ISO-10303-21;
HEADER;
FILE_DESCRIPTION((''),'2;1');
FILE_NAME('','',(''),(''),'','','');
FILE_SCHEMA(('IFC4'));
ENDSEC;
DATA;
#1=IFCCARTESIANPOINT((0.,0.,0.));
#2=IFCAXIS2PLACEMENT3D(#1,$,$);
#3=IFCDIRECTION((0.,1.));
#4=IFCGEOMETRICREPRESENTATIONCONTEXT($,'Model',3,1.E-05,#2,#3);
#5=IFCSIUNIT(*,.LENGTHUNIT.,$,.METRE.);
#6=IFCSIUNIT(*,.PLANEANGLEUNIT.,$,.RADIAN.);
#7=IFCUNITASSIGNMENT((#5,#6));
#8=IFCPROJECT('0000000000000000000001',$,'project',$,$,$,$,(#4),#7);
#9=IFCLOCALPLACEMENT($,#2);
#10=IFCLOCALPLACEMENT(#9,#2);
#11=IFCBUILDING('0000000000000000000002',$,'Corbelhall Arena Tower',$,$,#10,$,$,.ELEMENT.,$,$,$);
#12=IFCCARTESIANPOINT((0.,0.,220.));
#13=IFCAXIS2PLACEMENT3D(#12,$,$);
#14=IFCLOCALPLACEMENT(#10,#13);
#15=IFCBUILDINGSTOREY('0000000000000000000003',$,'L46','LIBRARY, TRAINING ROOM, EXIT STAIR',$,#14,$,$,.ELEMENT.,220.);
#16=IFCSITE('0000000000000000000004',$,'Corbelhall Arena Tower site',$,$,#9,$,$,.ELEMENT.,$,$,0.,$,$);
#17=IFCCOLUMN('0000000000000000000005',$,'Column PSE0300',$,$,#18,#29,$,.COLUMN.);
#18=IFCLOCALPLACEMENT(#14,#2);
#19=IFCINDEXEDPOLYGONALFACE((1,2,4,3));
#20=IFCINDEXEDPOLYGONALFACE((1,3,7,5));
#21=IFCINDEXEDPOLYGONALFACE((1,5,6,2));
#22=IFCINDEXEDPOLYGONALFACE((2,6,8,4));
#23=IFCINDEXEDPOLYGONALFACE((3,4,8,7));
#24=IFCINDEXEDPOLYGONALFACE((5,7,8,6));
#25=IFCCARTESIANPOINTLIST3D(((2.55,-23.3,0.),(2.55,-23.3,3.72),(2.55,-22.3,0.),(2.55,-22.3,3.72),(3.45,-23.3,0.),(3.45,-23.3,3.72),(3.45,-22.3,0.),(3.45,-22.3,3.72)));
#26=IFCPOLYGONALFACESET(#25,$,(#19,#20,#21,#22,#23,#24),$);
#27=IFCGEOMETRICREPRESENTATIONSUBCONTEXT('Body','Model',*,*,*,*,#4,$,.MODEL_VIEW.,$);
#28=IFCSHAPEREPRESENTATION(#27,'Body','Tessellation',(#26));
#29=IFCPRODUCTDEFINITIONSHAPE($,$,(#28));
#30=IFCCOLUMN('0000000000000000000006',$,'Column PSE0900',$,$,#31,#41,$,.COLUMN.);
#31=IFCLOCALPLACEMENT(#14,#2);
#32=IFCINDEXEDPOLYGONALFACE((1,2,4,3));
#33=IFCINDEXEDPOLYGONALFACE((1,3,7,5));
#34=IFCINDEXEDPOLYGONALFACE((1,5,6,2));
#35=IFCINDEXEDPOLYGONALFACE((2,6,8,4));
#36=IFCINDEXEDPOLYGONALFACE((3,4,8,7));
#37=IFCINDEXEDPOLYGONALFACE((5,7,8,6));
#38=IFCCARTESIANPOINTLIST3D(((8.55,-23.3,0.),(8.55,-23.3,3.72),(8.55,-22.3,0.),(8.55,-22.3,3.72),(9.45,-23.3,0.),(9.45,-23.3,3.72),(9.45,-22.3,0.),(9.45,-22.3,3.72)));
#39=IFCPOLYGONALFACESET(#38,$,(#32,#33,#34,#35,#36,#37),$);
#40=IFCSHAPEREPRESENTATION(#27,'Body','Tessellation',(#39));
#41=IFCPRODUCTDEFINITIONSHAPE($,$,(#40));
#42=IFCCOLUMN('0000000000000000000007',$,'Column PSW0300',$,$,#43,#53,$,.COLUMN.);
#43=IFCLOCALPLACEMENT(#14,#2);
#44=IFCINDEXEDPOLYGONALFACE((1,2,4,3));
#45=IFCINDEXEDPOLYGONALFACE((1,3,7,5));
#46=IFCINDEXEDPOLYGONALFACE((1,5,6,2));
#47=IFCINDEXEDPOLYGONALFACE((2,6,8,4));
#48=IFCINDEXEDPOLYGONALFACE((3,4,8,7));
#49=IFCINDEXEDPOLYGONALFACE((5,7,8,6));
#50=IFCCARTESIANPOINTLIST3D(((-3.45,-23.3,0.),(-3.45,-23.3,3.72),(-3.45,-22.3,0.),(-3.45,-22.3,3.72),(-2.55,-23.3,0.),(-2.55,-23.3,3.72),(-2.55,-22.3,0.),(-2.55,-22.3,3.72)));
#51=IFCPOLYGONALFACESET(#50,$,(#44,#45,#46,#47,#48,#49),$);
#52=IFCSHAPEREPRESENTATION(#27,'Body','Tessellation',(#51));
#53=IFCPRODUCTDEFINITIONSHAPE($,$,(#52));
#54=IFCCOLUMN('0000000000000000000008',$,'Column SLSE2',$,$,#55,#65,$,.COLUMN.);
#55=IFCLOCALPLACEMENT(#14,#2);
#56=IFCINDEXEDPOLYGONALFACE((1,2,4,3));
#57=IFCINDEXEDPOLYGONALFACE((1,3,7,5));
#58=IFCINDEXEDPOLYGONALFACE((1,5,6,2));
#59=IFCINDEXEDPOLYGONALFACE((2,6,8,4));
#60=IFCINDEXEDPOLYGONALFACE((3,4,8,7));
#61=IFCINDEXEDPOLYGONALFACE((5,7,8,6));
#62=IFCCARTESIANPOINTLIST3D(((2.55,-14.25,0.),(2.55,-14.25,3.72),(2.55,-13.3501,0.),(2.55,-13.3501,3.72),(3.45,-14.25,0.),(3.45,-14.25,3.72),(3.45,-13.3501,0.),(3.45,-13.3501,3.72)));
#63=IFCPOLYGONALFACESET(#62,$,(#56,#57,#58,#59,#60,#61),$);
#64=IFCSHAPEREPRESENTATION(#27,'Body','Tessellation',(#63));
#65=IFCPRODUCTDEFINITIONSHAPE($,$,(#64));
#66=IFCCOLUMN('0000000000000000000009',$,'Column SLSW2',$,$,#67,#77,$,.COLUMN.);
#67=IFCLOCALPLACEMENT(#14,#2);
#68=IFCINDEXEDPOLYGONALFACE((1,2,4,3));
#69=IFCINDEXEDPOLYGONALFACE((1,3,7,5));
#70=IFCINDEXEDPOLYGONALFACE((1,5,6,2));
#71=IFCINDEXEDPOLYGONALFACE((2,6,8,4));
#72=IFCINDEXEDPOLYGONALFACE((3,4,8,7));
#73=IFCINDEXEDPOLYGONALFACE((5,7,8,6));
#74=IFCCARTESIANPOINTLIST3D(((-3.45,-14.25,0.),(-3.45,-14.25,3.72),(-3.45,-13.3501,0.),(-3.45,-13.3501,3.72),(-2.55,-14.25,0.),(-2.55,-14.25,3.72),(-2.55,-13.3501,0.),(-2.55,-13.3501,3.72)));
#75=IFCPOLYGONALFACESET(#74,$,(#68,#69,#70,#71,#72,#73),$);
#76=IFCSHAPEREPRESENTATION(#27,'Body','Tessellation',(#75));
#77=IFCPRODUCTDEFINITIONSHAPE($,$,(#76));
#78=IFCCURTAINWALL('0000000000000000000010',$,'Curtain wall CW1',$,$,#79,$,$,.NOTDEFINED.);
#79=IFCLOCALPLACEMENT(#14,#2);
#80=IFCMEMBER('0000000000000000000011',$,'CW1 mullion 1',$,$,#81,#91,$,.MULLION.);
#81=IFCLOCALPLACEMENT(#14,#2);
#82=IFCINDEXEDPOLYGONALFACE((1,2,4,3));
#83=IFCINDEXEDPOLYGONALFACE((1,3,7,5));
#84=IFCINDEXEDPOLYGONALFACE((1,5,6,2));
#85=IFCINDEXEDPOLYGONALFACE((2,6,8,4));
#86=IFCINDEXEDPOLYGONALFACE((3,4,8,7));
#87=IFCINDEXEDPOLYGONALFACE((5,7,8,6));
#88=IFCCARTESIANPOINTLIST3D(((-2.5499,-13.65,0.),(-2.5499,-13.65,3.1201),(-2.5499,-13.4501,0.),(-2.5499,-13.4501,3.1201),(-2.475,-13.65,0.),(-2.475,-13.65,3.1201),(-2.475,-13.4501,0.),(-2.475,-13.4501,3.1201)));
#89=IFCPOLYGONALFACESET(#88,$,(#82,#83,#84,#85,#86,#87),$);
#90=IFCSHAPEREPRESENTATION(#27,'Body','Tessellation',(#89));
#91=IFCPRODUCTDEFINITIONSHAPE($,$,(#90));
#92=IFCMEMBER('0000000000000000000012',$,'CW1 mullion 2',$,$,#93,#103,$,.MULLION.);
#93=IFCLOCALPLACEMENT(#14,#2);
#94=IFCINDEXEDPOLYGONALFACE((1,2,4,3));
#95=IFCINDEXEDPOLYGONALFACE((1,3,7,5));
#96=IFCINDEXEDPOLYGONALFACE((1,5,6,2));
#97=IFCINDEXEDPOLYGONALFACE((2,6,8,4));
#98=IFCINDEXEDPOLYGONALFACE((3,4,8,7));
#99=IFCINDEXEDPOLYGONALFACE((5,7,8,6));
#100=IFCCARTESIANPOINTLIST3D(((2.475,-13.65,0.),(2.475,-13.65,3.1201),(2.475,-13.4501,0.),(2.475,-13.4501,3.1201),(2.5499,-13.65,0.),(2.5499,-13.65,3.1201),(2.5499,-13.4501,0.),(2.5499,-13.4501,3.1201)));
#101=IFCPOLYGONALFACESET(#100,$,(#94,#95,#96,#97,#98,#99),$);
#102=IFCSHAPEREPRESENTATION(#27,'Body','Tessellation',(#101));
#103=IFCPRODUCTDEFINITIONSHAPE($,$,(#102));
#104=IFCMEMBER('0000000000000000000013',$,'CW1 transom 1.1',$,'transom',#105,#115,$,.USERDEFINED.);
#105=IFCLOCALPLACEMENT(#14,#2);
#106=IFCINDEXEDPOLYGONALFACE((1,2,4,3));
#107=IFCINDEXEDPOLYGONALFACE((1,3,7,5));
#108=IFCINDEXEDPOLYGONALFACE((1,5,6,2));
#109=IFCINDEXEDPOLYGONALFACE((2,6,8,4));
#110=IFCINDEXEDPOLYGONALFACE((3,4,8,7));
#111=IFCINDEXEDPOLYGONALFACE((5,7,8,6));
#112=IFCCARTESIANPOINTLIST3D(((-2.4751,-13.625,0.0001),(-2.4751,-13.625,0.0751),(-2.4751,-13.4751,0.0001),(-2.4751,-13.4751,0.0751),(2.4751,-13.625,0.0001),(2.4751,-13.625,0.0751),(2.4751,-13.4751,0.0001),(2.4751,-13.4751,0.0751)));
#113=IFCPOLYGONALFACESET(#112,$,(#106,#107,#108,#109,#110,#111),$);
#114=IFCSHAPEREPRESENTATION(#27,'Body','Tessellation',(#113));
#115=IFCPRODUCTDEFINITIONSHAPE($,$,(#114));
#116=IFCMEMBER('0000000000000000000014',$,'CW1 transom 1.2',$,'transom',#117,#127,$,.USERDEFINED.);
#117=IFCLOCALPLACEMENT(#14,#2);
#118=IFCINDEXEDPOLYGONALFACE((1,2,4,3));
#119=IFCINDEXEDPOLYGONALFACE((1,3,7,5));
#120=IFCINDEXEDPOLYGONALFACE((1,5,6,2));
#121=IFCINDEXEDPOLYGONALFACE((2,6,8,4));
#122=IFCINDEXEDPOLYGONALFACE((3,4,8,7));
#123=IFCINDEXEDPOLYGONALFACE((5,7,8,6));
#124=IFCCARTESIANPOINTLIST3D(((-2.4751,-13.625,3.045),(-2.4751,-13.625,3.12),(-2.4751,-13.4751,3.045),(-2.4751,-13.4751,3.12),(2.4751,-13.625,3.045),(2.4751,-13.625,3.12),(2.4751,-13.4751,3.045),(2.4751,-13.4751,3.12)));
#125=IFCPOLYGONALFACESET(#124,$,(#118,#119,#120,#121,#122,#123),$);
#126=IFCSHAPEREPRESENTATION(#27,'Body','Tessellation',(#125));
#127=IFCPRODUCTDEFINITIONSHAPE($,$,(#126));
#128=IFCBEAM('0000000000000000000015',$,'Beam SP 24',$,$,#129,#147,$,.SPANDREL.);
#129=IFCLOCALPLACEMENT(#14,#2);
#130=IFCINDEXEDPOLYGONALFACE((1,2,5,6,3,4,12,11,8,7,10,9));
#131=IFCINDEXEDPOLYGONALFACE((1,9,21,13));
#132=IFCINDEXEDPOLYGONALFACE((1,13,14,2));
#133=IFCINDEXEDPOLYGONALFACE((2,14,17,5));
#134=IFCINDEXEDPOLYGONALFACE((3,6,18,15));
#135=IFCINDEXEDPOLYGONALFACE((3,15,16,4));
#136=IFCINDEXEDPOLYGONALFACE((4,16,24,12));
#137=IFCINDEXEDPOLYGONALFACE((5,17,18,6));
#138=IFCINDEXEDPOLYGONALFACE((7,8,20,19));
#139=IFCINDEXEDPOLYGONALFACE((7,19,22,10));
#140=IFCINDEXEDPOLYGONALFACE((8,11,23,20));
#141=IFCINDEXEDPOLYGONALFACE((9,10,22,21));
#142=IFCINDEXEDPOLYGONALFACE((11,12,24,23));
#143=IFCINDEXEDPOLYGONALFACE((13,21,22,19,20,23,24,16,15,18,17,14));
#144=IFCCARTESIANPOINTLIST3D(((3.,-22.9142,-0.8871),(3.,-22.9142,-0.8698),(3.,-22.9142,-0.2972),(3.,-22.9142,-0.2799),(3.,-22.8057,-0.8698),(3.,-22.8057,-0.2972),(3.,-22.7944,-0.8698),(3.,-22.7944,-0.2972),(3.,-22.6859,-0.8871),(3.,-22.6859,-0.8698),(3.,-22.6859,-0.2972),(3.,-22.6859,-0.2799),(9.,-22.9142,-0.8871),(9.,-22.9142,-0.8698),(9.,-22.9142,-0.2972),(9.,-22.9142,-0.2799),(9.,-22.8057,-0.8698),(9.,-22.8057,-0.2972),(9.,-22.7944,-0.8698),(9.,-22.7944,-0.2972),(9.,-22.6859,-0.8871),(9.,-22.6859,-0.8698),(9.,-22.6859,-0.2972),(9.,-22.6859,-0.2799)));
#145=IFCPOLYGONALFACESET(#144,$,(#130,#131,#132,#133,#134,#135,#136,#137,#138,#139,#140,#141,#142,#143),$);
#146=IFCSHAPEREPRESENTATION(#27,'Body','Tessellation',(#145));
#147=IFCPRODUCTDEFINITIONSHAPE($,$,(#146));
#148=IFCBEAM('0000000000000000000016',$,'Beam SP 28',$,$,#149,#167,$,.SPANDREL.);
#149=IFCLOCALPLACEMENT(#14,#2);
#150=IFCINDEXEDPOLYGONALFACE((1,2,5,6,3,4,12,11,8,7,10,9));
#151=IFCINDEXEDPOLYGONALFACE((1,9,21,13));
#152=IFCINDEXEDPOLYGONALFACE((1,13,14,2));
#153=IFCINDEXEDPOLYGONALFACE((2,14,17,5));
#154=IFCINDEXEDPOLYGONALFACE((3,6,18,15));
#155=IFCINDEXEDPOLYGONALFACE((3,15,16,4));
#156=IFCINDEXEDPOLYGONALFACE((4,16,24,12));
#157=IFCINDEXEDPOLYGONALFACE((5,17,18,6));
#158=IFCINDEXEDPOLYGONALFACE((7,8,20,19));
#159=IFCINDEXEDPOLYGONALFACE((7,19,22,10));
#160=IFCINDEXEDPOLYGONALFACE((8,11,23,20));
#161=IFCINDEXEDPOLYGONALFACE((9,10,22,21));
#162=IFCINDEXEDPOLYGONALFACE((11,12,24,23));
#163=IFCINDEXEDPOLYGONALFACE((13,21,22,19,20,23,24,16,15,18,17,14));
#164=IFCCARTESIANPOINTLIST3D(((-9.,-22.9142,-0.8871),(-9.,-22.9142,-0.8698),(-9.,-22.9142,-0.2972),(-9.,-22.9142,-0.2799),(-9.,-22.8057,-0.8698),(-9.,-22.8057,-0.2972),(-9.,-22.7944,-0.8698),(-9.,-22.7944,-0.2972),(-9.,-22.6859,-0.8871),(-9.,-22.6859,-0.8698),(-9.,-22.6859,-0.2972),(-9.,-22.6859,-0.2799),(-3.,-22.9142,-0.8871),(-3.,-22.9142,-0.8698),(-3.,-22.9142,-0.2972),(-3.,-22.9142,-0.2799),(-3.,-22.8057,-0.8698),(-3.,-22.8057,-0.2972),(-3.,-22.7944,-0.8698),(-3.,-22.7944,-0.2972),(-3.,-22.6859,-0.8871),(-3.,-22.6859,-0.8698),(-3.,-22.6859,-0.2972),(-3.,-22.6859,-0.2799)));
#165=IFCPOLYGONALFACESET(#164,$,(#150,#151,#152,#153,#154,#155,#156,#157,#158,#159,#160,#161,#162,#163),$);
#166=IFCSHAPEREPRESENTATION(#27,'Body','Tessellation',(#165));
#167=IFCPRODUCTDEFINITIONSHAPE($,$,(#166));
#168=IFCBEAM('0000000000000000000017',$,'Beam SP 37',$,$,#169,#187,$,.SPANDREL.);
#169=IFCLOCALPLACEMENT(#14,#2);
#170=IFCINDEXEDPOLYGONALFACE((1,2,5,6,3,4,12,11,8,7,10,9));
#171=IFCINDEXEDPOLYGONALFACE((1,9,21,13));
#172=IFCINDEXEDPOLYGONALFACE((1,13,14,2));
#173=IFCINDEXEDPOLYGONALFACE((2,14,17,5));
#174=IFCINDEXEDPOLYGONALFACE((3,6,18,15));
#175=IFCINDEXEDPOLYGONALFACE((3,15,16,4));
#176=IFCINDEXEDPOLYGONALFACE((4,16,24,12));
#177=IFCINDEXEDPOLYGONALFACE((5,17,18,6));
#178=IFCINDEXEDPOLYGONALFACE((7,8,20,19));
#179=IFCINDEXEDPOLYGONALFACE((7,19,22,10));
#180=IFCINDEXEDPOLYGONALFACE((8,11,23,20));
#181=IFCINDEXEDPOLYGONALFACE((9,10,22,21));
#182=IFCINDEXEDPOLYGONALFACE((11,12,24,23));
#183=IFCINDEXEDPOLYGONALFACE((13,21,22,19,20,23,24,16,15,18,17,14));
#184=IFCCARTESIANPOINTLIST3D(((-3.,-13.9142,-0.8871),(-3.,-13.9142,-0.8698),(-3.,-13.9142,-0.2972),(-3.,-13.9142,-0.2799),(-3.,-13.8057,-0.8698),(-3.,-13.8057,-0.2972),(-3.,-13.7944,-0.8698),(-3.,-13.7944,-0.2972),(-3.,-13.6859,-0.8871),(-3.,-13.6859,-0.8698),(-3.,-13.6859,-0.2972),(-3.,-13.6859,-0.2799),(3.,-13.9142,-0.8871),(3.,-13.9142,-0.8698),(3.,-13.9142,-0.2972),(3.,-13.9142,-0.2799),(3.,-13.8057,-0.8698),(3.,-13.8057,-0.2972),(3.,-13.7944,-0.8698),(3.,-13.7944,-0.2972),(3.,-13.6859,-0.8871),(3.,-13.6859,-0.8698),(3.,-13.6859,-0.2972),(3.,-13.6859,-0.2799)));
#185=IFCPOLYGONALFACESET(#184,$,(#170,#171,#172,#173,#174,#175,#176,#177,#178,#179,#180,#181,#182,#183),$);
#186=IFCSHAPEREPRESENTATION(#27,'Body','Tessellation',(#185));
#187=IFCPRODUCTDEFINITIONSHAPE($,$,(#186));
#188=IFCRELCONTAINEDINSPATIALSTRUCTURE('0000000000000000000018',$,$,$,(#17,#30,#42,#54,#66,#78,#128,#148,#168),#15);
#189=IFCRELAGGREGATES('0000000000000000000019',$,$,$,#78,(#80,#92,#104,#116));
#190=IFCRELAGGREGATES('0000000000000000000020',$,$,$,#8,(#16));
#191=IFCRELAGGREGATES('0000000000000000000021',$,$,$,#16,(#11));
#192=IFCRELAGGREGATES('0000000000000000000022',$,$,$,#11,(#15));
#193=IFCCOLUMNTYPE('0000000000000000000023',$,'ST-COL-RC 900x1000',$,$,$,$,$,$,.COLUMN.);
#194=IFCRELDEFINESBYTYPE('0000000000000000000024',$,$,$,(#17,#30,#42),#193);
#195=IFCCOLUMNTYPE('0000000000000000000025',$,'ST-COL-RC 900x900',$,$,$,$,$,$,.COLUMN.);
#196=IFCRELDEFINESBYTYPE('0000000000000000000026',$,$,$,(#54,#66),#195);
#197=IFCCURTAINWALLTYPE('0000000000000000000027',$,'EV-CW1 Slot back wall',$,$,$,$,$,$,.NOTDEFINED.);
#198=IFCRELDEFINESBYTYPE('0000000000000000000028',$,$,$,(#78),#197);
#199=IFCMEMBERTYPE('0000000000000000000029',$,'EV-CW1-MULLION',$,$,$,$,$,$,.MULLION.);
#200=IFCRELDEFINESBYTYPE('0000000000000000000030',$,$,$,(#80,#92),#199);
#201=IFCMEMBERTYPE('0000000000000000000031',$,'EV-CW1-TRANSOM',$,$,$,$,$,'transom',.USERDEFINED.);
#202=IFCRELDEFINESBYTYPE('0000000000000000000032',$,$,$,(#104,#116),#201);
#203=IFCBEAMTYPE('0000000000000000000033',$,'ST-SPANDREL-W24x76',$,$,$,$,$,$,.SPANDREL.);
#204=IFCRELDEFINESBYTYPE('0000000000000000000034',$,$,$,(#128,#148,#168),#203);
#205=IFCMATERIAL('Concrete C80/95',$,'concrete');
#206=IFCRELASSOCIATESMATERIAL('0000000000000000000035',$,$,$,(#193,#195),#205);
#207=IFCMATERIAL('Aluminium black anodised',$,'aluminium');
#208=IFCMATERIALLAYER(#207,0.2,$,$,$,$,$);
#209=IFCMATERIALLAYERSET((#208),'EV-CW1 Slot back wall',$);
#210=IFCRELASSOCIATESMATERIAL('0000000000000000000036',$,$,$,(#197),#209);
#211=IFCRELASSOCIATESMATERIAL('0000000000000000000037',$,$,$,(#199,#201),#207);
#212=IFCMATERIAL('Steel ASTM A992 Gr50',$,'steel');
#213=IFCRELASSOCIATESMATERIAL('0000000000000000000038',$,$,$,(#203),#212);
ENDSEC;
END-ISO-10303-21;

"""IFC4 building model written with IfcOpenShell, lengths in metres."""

from ifc_helpers import new_model, si_unit, direction, frame, origin, origin_2d, place, context, subcontext, project, spatial, rectangle, i_section, extrude, material, layer, layer_set, material_profile, profile_set, type_object, element, aggregate, save


model = new_model("IFC4")

# Units and contexts
model_context = context("Model", 3, precision=1e-05, world=origin(), true_north=direction((0.0, 1.0)))
body_context = subcontext(model_context, "Body", "Model", "MODEL_VIEW")
ifc_project = project(units=[si_unit("LENGTHUNIT", "METRE"), si_unit("PLANEANGLEUNIT", "RADIAN")], contexts=[model_context])

# Site, building, storey
site_placement = place(None, origin())
site = spatial("IfcSite", under=ifc_project, at=site_placement, Name="Corbelhall Arena Tower site", CompositionType="ELEMENT", RefElevation=0.0)
building_placement = place(site_placement, origin())
building = spatial("IfcBuilding", under=site, at=building_placement, Name="Corbelhall Arena Tower", CompositionType="ELEMENT")
storey_placement = place(building_placement, frame((0.0, 0.0, 220.0)))
storey = spatial("IfcBuildingStorey", under=building, at=storey_placement, Name="L46", Description="LIBRARY, TRAINING ROOM, EXIT STAIR", CompositionType="ELEMENT", Elevation=220.0)

# Columns
ifc_material_1 = material(Name="Concrete C80/95", Category="concrete")
ifc_material_profile_1 = material_profile(ifc_material_1, rectangle(XDim=0.8999, YDim=1.0, at=origin_2d()))
ifc_profile_set_1 = profile_set([ifc_material_profile_1], Name="Concrete C80/95")
column_type_1 = type_object("IfcColumnType", Name="ST-COL-RC 900x1000", PredefinedType="COLUMN", material=ifc_profile_set_1)
for number, where, z_axis, x_axis, name in (
    (1, (3.0, -22.8, 0.0), (0.0, 0.0, 1.0), (1.0, 0.0, 0.0), "Column PSE0300"),
    (2, (9.0, -22.8, 0.0), (0.0, 0.0, 1.0), (1.0, 0.0, 0.0), "Column PSE0900"),
    (3, (-3.0, -22.8, 0.0), (0.0, 0.0, 1.0), (1.0, 0.0, 0.0), "Column PSW0300"),
):
    element("IfcColumn", number, at=place(storey_placement, frame(where, z_axis=z_axis, x_axis=x_axis)), inside=storey, type_object=column_type_1, Name=name, PredefinedType="COLUMN", context=body_context, shape_type="SweptSolid", body=[
        extrude(rectangle(XDim=0.8999, YDim=1.0, at=origin_2d()), origin(), (0.0, 0.0, 1.0), 3.72),
    ])
ifc_material_profile_2 = material_profile(ifc_material_1, rectangle(XDim=0.8999, YDim=0.8999, at=origin_2d()))
ifc_profile_set_2 = profile_set([ifc_material_profile_2], Name="Concrete C80/95")
column_type_2 = type_object("IfcColumnType", Name="ST-COL-RC 900x900", PredefinedType="COLUMN", material=ifc_profile_set_2)
for number, where, z_axis, x_axis, name in (
    (4, (3.0, -13.8, 0.0), (0.0, 0.0, 1.0), (1.0, 0.0, 0.0), "Column SLSE2"),
    (5, (-3.0, -13.8, 0.0), (0.0, 0.0, 1.0), (1.0, 0.0, 0.0), "Column SLSW2"),
):
    element("IfcColumn", number, at=place(storey_placement, frame(where, z_axis=z_axis, x_axis=x_axis)), inside=storey, type_object=column_type_2, Name=name, PredefinedType="COLUMN", context=body_context, shape_type="SweptSolid", body=[
        extrude(rectangle(XDim=0.8999, YDim=0.8999, at=origin_2d()), origin(), (0.0, 0.0, 1.0), 3.72),
    ])

# Curtain wall, members
ifc_material_2 = material(Name="Aluminium black anodised", Category="aluminium")
ifc_layer_1 = layer(ifc_material_2, 0.2)
ifc_layer_set_1 = layer_set([ifc_layer_1], Name="EV-CW1 Slot back wall")
curtain_wall_type = type_object("IfcCurtainWallType", Name="EV-CW1 Slot back wall", PredefinedType="NOTDEFINED", material=ifc_layer_set_1)
curtain_wall_placement = place(storey_placement, origin())
curtain_wall = element("IfcCurtainWall", 6, at=curtain_wall_placement, inside=storey, type_object=curtain_wall_type, Name="Curtain wall CW1", PredefinedType="NOTDEFINED")
ifc_material_profile_3 = material_profile(ifc_material_2, rectangle(XDim=0.2, YDim=0.075, at=origin_2d()))
ifc_profile_set_3 = profile_set([ifc_material_profile_3], Name="Aluminium black anodised")
member_type_1 = type_object("IfcMemberType", Name="EV-CW1-MULLION", PredefinedType="MULLION", material=ifc_profile_set_3)
member_1_placement = place(storey_placement, frame((-2.5125, -13.55, 0.0), z_axis=(0.0, 0.0, 1.0), x_axis=(0.0, 1.0, 0.0)))
member_1 = element("IfcMember", 7, at=member_1_placement, type_object=member_type_1, Name="CW1 mullion 1", PredefinedType="MULLION", context=body_context, shape_type="SweptSolid", body=[
    extrude(rectangle(XDim=0.2, YDim=0.075, at=origin_2d()), origin(), (0.0, 0.0, 1.0), 3.1201),
])
member_2_placement = place(storey_placement, frame((2.5125, -13.55, 0.0), z_axis=(0.0, 0.0, 1.0), x_axis=(0.0, 1.0, 0.0)))
member_2 = element("IfcMember", 8, at=member_2_placement, type_object=member_type_1, Name="CW1 mullion 2", PredefinedType="MULLION", context=body_context, shape_type="SweptSolid", body=[
    extrude(rectangle(XDim=0.2, YDim=0.075, at=origin_2d()), origin(), (0.0, 0.0, 1.0), 3.1201),
])
ifc_material_profile_4 = material_profile(ifc_material_2, rectangle(XDim=0.1499, YDim=0.075, at=origin_2d()))
ifc_profile_set_4 = profile_set([ifc_material_profile_4], Name="Aluminium black anodised")
member_type_2 = type_object("IfcMemberType", Name="EV-CW1-TRANSOM", ElementType="transom", PredefinedType="USERDEFINED", material=ifc_profile_set_4)
member_3_placement = place(storey_placement, frame((-2.4751, -13.55, 0.0376), z_axis=(1.0, 0.0, 0.0), x_axis=(0.0, 1.0, 0.0)))
member_3 = element("IfcMember", 9, at=member_3_placement, type_object=member_type_2, Name="CW1 transom 1.1", ObjectType="transom", PredefinedType="USERDEFINED", context=body_context, shape_type="SweptSolid", body=[
    extrude(rectangle(XDim=0.1499, YDim=0.075, at=origin_2d()), origin(), (0.0, 0.0, 1.0), 4.9502),
])
member_4_placement = place(storey_placement, frame((-2.4751, -13.55, 3.0825), z_axis=(1.0, 0.0, 0.0), x_axis=(0.0, 1.0, 0.0)))
member_4 = element("IfcMember", 10, at=member_4_placement, type_object=member_type_2, Name="CW1 transom 1.2", ObjectType="transom", PredefinedType="USERDEFINED", context=body_context, shape_type="SweptSolid", body=[
    extrude(rectangle(XDim=0.1499, YDim=0.075, at=origin_2d()), origin(), (0.0, 0.0, 1.0), 4.9502),
])

# Beams
ifc_material_3 = material(Name="Steel ASTM A992 Gr50", Category="steel")
ifc_material_profile_5 = material_profile(ifc_material_3, i_section(OverallWidth=0.2283, OverallDepth=0.6072, WebThickness=0.0112, FlangeThickness=0.0173, at=origin_2d()))
ifc_profile_set_5 = profile_set([ifc_material_profile_5], Name="Steel ASTM A992 Gr50")
beam_type_1 = type_object("IfcBeamType", Name="ST-SPANDREL-W24x76", PredefinedType="SPANDREL", material=ifc_profile_set_5)
for number, where, z_axis, x_axis, name in (
    (11, (9.0, -22.8, -0.5835), (-1.0, 0.0, 0.0), (0.0, -1.0, 0.0), "Beam SP 24"),
    (12, (-3.0, -22.8, -0.5835), (-1.0, 0.0, 0.0), (0.0, -1.0, 0.0), "Beam SP 28"),
    (13, (3.0, -13.8, -0.5835), (-1.0, 0.0, 0.0), (0.0, -1.0, 0.0), "Beam SP 37"),
):
    element("IfcBeam", number, at=place(storey_placement, frame(where, z_axis=z_axis, x_axis=x_axis)), inside=storey, type_object=beam_type_1, Name=name, PredefinedType="SPANDREL", context=body_context, shape_type="SweptSolid", body=[
        extrude(i_section(OverallWidth=0.2283, OverallDepth=0.6072, WebThickness=0.0112, FlangeThickness=0.0173, at=origin_2d()), origin(), (0.0, 0.0, 1.0), 6.0),
    ])

aggregate(curtain_wall, [member_1, member_2, member_3, member_4])

save(model, "model.ifc")
